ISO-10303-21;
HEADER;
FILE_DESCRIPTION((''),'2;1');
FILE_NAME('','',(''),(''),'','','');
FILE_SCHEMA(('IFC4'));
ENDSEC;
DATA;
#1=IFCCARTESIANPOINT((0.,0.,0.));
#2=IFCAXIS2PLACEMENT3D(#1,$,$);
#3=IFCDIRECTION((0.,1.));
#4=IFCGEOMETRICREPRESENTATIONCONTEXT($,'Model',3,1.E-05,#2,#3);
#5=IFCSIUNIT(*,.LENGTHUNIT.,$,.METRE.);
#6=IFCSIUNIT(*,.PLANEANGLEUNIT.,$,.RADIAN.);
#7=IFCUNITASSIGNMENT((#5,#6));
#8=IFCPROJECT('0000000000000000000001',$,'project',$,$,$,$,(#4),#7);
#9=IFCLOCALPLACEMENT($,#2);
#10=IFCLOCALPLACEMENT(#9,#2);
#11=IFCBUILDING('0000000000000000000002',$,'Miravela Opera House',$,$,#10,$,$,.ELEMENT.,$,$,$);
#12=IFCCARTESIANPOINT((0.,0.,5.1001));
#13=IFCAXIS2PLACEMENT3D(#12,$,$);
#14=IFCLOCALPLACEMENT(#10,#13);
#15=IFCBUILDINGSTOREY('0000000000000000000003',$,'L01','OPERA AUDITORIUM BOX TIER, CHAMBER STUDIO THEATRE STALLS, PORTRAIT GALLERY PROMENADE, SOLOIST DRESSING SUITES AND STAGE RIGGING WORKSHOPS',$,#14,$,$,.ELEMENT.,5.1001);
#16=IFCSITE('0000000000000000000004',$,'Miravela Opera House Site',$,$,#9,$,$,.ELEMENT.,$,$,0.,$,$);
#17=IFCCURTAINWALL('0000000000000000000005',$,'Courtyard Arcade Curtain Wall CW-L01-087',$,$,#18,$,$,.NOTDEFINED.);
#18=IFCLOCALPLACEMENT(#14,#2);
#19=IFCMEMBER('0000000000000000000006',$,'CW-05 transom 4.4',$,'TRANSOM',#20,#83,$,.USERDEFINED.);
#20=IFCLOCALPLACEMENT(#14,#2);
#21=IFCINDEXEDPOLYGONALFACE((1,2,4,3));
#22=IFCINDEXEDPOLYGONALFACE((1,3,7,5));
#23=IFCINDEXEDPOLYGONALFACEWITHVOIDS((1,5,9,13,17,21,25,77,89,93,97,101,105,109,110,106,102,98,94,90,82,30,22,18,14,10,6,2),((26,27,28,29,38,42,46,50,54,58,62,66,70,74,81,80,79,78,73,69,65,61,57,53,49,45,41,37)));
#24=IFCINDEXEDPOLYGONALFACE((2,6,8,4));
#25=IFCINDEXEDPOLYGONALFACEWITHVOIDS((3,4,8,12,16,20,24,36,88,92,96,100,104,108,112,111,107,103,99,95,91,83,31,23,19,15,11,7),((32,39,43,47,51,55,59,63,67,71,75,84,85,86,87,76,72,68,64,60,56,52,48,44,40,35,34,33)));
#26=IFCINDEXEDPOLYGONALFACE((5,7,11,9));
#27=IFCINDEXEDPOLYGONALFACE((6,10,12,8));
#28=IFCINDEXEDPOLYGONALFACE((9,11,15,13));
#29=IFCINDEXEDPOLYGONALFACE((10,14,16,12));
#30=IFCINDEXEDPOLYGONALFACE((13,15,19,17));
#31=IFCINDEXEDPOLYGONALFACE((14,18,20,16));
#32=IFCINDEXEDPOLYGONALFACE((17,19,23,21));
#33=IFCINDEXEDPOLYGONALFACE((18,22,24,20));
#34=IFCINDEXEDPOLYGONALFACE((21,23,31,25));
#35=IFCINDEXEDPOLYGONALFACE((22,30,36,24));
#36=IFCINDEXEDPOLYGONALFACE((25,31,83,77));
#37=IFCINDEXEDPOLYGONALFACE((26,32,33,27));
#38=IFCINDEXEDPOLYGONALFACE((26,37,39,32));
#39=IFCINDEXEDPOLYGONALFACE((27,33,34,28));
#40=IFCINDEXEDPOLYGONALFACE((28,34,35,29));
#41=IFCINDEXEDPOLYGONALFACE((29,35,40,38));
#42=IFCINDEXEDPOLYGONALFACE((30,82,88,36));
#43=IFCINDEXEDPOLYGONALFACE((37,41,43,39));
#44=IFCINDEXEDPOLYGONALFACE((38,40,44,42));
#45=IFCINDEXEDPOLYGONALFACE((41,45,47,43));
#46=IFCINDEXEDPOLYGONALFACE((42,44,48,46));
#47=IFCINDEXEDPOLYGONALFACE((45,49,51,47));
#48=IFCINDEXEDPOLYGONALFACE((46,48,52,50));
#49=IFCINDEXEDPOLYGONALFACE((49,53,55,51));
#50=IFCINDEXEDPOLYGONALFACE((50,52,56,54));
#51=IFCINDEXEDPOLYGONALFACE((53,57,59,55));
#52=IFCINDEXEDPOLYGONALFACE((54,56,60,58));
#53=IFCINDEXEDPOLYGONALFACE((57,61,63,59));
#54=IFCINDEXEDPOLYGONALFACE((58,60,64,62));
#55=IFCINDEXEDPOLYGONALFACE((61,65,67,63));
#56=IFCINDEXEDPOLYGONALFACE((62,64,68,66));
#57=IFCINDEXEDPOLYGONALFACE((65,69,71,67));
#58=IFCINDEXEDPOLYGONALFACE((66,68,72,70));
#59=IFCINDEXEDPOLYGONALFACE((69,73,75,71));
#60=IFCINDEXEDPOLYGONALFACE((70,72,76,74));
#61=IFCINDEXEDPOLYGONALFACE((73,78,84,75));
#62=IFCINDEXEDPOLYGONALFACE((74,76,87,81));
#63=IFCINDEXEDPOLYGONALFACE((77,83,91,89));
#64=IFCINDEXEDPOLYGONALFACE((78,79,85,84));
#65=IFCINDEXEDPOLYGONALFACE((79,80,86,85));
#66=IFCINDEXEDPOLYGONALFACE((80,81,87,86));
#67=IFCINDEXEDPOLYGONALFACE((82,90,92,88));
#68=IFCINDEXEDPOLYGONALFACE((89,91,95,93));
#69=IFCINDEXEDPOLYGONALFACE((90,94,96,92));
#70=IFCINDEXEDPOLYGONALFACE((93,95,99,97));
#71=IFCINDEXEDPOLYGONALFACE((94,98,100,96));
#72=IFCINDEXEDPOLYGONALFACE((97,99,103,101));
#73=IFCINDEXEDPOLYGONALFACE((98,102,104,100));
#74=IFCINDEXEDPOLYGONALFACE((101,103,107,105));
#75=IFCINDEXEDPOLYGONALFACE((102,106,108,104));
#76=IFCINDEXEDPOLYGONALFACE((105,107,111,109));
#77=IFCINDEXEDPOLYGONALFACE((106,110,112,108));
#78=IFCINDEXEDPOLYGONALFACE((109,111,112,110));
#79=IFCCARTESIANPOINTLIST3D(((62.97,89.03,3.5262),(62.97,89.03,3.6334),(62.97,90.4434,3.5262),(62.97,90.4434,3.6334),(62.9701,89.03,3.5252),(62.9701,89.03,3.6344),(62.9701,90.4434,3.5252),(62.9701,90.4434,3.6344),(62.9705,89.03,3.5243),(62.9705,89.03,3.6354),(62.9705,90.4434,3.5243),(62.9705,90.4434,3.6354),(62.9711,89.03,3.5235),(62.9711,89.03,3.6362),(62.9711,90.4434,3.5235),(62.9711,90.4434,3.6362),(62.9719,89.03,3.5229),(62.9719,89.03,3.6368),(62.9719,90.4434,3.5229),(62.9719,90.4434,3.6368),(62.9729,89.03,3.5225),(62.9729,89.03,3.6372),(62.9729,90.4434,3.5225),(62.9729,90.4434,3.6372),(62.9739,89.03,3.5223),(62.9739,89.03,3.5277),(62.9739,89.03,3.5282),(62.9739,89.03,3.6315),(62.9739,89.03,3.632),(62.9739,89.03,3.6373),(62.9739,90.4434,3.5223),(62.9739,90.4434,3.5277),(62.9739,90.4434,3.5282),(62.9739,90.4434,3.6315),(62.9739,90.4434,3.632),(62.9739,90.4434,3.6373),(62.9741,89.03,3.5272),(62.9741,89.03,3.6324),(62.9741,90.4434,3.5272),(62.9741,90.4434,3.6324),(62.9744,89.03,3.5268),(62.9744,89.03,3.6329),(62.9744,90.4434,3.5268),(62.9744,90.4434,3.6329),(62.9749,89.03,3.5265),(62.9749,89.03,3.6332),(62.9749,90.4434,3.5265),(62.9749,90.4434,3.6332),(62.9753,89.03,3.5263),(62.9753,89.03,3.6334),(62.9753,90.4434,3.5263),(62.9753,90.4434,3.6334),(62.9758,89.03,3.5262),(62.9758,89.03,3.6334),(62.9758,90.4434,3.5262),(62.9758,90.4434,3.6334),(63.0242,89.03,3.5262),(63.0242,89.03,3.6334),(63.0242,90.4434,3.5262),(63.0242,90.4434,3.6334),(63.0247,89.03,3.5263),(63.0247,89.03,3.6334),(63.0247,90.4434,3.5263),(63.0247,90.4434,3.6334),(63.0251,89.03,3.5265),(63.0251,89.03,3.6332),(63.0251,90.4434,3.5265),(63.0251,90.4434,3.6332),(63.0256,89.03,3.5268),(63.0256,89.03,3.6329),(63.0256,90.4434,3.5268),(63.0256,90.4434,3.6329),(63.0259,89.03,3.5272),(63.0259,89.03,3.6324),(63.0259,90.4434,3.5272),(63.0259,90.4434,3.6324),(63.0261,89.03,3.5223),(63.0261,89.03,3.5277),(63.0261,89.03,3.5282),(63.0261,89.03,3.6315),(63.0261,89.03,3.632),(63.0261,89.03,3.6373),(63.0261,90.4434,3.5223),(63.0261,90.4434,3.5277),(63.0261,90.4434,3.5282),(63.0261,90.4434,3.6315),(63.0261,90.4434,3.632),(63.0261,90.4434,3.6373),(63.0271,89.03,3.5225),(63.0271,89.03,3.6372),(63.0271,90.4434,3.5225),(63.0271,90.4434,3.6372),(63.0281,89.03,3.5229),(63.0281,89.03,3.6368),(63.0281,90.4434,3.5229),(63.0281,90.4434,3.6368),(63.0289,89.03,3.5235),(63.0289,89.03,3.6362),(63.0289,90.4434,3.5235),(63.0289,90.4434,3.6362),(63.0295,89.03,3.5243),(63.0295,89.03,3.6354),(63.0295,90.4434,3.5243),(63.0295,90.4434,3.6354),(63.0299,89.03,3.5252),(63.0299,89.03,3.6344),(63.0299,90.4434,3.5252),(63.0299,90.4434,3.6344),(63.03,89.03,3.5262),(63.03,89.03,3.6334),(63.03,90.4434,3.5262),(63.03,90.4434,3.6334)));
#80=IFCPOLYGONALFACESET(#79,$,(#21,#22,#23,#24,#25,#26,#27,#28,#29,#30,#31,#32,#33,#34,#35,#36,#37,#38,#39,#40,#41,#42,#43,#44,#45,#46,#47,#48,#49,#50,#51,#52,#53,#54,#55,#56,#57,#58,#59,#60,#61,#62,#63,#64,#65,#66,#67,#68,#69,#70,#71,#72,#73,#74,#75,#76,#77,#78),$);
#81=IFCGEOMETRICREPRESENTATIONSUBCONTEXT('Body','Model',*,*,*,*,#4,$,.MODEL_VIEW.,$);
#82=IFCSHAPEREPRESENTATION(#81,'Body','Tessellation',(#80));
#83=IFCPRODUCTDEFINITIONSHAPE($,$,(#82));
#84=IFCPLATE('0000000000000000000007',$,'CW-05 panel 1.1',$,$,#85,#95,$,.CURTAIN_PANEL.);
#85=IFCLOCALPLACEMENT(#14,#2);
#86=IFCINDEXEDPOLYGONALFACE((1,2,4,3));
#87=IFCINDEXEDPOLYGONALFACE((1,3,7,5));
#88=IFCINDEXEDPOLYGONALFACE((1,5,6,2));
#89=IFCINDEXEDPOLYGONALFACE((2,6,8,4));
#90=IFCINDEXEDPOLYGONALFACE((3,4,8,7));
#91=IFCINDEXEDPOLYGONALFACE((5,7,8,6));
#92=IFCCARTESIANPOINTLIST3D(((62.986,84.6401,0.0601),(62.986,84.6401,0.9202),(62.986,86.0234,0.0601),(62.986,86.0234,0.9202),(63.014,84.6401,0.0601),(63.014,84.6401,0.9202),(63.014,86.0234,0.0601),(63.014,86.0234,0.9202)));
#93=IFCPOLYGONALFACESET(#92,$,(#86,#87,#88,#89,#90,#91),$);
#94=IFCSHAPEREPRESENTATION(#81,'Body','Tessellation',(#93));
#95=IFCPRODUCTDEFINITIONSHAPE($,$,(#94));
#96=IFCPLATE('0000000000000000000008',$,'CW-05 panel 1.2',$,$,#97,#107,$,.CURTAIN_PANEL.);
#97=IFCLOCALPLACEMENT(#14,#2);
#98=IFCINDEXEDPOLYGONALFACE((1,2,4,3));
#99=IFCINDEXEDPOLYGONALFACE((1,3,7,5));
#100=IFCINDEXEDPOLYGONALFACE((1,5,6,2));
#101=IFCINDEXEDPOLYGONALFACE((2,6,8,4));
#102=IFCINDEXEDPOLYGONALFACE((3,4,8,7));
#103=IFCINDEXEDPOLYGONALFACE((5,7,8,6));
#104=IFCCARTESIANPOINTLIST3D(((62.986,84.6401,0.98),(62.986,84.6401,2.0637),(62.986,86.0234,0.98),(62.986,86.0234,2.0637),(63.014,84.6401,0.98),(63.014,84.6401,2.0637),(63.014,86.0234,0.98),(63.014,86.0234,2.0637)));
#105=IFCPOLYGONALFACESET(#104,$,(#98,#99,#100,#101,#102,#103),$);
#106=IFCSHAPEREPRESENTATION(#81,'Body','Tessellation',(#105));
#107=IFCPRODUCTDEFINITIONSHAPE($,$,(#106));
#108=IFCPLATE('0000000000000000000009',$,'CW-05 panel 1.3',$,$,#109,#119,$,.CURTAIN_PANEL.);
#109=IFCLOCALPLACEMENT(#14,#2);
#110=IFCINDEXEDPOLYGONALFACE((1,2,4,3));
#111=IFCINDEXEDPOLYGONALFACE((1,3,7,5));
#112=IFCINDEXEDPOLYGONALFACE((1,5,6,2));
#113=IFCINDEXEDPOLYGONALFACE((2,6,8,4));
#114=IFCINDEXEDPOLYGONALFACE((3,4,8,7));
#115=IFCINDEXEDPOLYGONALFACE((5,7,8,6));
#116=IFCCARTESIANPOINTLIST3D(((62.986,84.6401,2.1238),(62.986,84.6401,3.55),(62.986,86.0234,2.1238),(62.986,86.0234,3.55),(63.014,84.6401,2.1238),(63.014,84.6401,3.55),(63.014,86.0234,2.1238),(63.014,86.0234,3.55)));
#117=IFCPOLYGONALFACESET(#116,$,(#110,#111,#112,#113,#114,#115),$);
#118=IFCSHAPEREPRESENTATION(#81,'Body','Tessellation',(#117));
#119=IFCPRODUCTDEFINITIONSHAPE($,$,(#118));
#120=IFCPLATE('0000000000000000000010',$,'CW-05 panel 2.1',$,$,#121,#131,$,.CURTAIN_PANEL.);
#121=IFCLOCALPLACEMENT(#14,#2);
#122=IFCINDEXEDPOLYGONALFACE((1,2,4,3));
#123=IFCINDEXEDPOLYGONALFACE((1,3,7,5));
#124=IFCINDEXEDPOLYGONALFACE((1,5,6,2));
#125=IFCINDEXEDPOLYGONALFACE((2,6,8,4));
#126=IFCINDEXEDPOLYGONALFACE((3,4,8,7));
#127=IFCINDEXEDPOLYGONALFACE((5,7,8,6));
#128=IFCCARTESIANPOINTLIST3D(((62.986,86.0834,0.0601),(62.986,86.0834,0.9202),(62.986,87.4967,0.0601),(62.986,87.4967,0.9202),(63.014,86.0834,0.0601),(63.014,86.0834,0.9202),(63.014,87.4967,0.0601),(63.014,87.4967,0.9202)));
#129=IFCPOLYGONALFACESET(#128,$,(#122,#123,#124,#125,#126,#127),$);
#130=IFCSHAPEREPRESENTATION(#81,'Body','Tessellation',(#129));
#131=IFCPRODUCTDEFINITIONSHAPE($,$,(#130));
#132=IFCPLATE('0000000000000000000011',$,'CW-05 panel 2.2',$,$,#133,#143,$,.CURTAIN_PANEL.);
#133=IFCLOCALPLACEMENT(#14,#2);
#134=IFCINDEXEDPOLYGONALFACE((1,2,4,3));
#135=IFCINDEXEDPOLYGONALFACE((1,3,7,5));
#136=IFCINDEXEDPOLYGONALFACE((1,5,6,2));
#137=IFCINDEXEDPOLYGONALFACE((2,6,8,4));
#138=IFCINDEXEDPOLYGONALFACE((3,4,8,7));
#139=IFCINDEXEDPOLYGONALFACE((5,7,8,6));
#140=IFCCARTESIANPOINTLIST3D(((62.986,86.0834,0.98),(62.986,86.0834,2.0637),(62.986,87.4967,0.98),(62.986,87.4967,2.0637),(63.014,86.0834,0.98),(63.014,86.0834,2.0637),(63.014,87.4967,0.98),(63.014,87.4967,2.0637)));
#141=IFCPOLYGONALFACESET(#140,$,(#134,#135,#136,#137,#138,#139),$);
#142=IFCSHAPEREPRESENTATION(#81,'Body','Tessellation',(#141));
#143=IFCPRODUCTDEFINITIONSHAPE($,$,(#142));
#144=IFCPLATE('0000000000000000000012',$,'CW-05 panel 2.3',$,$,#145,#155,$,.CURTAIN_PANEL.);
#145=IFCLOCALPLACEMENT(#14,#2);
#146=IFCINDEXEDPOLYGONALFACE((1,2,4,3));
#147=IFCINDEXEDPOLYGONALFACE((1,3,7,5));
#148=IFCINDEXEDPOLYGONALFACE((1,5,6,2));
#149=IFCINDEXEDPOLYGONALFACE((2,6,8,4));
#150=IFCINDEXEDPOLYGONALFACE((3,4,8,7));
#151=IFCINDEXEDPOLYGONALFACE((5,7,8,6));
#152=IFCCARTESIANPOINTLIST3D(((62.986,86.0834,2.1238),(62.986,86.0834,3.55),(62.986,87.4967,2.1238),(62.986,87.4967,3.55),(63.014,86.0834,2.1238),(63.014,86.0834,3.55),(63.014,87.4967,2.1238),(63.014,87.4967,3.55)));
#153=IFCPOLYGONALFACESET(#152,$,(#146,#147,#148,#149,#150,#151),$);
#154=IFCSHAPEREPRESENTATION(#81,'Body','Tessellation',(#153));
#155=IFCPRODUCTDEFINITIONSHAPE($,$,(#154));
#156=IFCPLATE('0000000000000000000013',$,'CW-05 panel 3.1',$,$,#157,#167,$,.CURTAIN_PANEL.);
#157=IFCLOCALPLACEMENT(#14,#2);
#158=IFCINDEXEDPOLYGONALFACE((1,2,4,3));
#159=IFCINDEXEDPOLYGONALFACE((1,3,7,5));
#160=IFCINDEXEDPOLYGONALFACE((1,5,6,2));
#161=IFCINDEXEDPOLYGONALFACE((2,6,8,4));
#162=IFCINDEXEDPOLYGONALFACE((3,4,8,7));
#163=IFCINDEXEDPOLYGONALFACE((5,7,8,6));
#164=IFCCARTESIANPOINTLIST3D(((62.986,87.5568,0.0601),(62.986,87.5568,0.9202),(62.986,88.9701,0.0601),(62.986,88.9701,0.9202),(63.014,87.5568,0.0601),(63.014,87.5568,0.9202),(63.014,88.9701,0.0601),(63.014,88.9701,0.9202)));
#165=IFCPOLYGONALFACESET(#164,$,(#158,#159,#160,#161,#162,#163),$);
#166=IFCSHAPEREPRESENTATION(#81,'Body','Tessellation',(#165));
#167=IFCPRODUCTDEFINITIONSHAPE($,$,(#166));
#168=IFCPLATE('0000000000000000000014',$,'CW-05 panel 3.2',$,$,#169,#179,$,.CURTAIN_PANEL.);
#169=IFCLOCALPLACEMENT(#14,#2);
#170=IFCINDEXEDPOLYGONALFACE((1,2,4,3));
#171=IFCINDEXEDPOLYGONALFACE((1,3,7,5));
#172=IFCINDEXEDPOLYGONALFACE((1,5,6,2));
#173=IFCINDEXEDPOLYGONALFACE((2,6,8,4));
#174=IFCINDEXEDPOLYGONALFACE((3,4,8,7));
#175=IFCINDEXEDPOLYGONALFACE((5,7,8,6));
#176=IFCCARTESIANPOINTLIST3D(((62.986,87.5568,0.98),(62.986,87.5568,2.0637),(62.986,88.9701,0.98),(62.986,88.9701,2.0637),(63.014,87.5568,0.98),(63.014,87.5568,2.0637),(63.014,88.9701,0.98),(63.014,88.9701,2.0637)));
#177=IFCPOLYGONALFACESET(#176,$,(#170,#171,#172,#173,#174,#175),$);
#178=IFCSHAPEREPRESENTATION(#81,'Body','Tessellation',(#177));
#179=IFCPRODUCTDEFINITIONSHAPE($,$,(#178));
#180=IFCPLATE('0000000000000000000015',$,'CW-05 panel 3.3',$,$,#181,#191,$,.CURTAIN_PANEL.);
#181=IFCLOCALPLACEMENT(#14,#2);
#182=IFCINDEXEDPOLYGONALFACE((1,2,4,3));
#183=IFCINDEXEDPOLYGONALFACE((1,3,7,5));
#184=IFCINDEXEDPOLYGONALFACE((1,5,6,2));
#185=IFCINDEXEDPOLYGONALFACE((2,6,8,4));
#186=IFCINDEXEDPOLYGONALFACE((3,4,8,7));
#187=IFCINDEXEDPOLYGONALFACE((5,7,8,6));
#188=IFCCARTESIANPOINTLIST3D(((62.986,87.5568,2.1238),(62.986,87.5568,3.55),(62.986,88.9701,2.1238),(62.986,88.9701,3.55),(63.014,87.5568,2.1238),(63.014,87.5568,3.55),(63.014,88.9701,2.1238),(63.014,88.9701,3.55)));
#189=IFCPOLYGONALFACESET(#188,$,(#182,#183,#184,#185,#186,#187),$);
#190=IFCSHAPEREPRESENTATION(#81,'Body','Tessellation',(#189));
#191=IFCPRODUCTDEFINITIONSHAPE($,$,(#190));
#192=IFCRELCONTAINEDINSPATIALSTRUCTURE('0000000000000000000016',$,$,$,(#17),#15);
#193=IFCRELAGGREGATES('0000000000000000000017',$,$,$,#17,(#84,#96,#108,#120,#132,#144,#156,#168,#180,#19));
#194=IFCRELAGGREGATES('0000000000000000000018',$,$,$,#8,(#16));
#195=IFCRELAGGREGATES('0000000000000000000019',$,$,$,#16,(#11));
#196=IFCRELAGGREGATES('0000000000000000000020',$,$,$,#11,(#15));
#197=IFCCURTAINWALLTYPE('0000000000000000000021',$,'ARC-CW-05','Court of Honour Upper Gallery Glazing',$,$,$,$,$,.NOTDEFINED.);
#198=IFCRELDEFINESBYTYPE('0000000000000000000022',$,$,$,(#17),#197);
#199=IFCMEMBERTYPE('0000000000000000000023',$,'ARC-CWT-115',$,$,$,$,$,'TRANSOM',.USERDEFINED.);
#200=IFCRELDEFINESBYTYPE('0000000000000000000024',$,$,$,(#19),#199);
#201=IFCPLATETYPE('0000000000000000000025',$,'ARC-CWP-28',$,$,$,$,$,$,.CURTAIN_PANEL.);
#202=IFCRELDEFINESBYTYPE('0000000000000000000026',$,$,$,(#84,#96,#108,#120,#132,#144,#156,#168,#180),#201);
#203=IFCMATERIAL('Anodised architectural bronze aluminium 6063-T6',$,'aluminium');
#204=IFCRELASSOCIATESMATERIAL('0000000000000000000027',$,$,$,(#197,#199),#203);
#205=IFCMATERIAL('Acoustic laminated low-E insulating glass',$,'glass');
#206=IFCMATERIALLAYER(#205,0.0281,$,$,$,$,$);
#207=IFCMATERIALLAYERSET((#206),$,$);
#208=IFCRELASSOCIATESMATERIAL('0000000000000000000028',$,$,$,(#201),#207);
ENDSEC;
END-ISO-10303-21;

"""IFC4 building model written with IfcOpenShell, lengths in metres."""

from ifc_helpers import new_model, si_unit, direction, frame, origin, origin_2d, place, context, subcontext, project, spatial, rectangle, hollow_rectangle, extrude, material, layer, layer_set, material_profile, profile_set, type_object, element, aggregate, save


model = new_model("IFC4")

# Units and contexts
model_context = context("Model", 3, precision=1e-05, world=origin(), true_north=direction((0.0, 1.0)))
body_context = subcontext(model_context, "Body", "Model", "MODEL_VIEW")
ifc_project = project(units=[si_unit("LENGTHUNIT", "METRE"), si_unit("PLANEANGLEUNIT", "RADIAN")], contexts=[model_context])

# Site, building, storey
site_placement = place(None, origin())
site = spatial("IfcSite", under=ifc_project, at=site_placement, Name="Miravela Opera House Site", CompositionType="ELEMENT", RefElevation=0.0)
building_placement = place(site_placement, origin())
building = spatial("IfcBuilding", under=site, at=building_placement, Name="Miravela Opera House", CompositionType="ELEMENT")
storey_placement = place(building_placement, frame((0.0, 0.0, 5.1001)))
storey = spatial("IfcBuildingStorey", under=building, at=storey_placement, Name="L01", Description="OPERA AUDITORIUM BOX TIER, CHAMBER STUDIO THEATRE STALLS, PORTRAIT GALLERY PROMENADE, SOLOIST DRESSING SUITES AND STAGE RIGGING WORKSHOPS", CompositionType="ELEMENT", Elevation=5.1001)

# Curtain wall, member, plates
ifc_material_1 = material(Name="Anodised architectural bronze aluminium 6063-T6", Category="aluminium")
curtain_wall_type = type_object("IfcCurtainWallType", Name="ARC-CW-05", Description="Court of Honour Upper Gallery Glazing", PredefinedType="NOTDEFINED", material=ifc_material_1)
curtain_wall_placement = place(storey_placement, origin())
curtain_wall = element("IfcCurtainWall", 1, at=curtain_wall_placement, inside=storey, type_object=curtain_wall_type, Name="Courtyard Arcade Curtain Wall CW-L01-087", PredefinedType="NOTDEFINED")
ifc_material_profile_1 = material_profile(ifc_material_1, hollow_rectangle(XDim=0.0601, YDim=0.115, WallThickness=0.0039, InnerFilletRadius=0.002, OuterFilletRadius=0.0039, at=origin_2d()), Name="CWT-60X115")
ifc_profile_set_1 = profile_set([ifc_material_profile_1])
member_type_1 = type_object("IfcMemberType", Name="ARC-CWT-115", ElementType="TRANSOM", PredefinedType="USERDEFINED", material=ifc_profile_set_1)
member_1_placement = place(storey_placement, frame((63.0, 89.03, 3.5798), z_axis=(0.0, 1.0, 0.0), x_axis=(-1.0, 0.0, 0.0)))
member_1 = element("IfcMember", 2, at=member_1_placement, type_object=member_type_1, Name="CW-05 transom 4.4", ObjectType="TRANSOM", PredefinedType="USERDEFINED", context=body_context, shape_type="SweptSolid", body=[
    extrude(hollow_rectangle(XDim=0.0601, YDim=0.115, WallThickness=0.0039, InnerFilletRadius=0.002, OuterFilletRadius=0.0039, at=origin_2d()), origin(), (0.0, 0.0, 1.0), 1.4133),
])
ifc_material_2 = material(Name="Acoustic laminated low-E insulating glass", Category="glass")
ifc_layer = layer(ifc_material_2, 0.0281)
ifc_layer_set = layer_set([ifc_layer])
plate_type = type_object("IfcPlateType", Name="ARC-CWP-28", PredefinedType="CURTAIN_PANEL", material=ifc_layer_set)
plate_1_placement = place(storey_placement, frame((63.0, 85.3318, 0.0601), z_axis=(0.0, 0.0, 1.0), x_axis=(0.0, 1.0, 0.0)))
plate_1 = element("IfcPlate", 3, at=plate_1_placement, type_object=plate_type, Name="CW-05 panel 1.1", PredefinedType="CURTAIN_PANEL", context=body_context, shape_type="SweptSolid", body=[
    extrude(rectangle(XDim=1.3833, YDim=0.0281, at=origin_2d()), origin(), (0.0, 0.0, 1.0), 0.8601),
])
plate_2_placement = place(storey_placement, frame((63.0, 85.3318, 0.98), z_axis=(0.0, 0.0, 1.0), x_axis=(0.0, 1.0, 0.0)))
plate_2 = element("IfcPlate", 4, at=plate_2_placement, type_object=plate_type, Name="CW-05 panel 1.2", PredefinedType="CURTAIN_PANEL", context=body_context, shape_type="SweptSolid", body=[
    extrude(rectangle(XDim=1.3833, YDim=0.0281, at=origin_2d()), origin(), (0.0, 0.0, 1.0), 1.0837),
])
plate_3_placement = place(storey_placement, frame((63.0, 85.3318, 2.1238), z_axis=(0.0, 0.0, 1.0), x_axis=(0.0, 1.0, 0.0)))
plate_3 = element("IfcPlate", 5, at=plate_3_placement, type_object=plate_type, Name="CW-05 panel 1.3", PredefinedType="CURTAIN_PANEL", context=body_context, shape_type="SweptSolid", body=[
    extrude(rectangle(XDim=1.3833, YDim=0.0281, at=origin_2d()), origin(), (0.0, 0.0, 1.0), 1.4263),
])
plate_4_placement = place(storey_placement, frame((63.0, 86.79, 0.0601), z_axis=(0.0, 0.0, 1.0), x_axis=(0.0, 1.0, 0.0)))
plate_4 = element("IfcPlate", 6, at=plate_4_placement, type_object=plate_type, Name="CW-05 panel 2.1", PredefinedType="CURTAIN_PANEL", context=body_context, shape_type="SweptSolid", body=[
    extrude(rectangle(XDim=1.4133, YDim=0.0281, at=origin_2d()), origin(), (0.0, 0.0, 1.0), 0.8601),
])
plate_5_placement = place(storey_placement, frame((63.0, 86.79, 0.98), z_axis=(0.0, 0.0, 1.0), x_axis=(0.0, 1.0, 0.0)))
plate_5 = element("IfcPlate", 7, at=plate_5_placement, type_object=plate_type, Name="CW-05 panel 2.2", PredefinedType="CURTAIN_PANEL", context=body_context, shape_type="SweptSolid", body=[
    extrude(rectangle(XDim=1.4133, YDim=0.0281, at=origin_2d()), origin(), (0.0, 0.0, 1.0), 1.0837),
])
plate_6_placement = place(storey_placement, frame((63.0, 86.79, 2.1238), z_axis=(0.0, 0.0, 1.0), x_axis=(0.0, 1.0, 0.0)))
plate_6 = element("IfcPlate", 8, at=plate_6_placement, type_object=plate_type, Name="CW-05 panel 2.3", PredefinedType="CURTAIN_PANEL", context=body_context, shape_type="SweptSolid", body=[
    extrude(rectangle(XDim=1.4133, YDim=0.0281, at=origin_2d()), origin(), (0.0, 0.0, 1.0), 1.4263),
])
plate_7_placement = place(storey_placement, frame((63.0, 88.2634, 0.0601), z_axis=(0.0, 0.0, 1.0), x_axis=(0.0, 1.0, 0.0)))
plate_7 = element("IfcPlate", 9, at=plate_7_placement, type_object=plate_type, Name="CW-05 panel 3.1", PredefinedType="CURTAIN_PANEL", context=body_context, shape_type="SweptSolid", body=[
    extrude(rectangle(XDim=1.4133, YDim=0.0281, at=origin_2d()), origin(), (0.0, 0.0, 1.0), 0.8601),
])
plate_8_placement = place(storey_placement, frame((63.0, 88.2634, 0.98), z_axis=(0.0, 0.0, 1.0), x_axis=(0.0, 1.0, 0.0)))
plate_8 = element("IfcPlate", 10, at=plate_8_placement, type_object=plate_type, Name="CW-05 panel 3.2", PredefinedType="CURTAIN_PANEL", context=body_context, shape_type="SweptSolid", body=[
    extrude(rectangle(XDim=1.4133, YDim=0.0281, at=origin_2d()), origin(), (0.0, 0.0, 1.0), 1.0837),
])
plate_9_placement = place(storey_placement, frame((63.0, 88.2634, 2.1238), z_axis=(0.0, 0.0, 1.0), x_axis=(0.0, 1.0, 0.0)))
plate_9 = element("IfcPlate", 11, at=plate_9_placement, type_object=plate_type, Name="CW-05 panel 3.3", PredefinedType="CURTAIN_PANEL", context=body_context, shape_type="SweptSolid", body=[
    extrude(rectangle(XDim=1.4133, YDim=0.0281, at=origin_2d()), origin(), (0.0, 0.0, 1.0), 1.4263),
])
aggregate(curtain_wall, [plate_1, plate_2, plate_3, plate_4, plate_5, plate_6, plate_7, plate_8, plate_9, member_1])

save(model, "model.ifc")
